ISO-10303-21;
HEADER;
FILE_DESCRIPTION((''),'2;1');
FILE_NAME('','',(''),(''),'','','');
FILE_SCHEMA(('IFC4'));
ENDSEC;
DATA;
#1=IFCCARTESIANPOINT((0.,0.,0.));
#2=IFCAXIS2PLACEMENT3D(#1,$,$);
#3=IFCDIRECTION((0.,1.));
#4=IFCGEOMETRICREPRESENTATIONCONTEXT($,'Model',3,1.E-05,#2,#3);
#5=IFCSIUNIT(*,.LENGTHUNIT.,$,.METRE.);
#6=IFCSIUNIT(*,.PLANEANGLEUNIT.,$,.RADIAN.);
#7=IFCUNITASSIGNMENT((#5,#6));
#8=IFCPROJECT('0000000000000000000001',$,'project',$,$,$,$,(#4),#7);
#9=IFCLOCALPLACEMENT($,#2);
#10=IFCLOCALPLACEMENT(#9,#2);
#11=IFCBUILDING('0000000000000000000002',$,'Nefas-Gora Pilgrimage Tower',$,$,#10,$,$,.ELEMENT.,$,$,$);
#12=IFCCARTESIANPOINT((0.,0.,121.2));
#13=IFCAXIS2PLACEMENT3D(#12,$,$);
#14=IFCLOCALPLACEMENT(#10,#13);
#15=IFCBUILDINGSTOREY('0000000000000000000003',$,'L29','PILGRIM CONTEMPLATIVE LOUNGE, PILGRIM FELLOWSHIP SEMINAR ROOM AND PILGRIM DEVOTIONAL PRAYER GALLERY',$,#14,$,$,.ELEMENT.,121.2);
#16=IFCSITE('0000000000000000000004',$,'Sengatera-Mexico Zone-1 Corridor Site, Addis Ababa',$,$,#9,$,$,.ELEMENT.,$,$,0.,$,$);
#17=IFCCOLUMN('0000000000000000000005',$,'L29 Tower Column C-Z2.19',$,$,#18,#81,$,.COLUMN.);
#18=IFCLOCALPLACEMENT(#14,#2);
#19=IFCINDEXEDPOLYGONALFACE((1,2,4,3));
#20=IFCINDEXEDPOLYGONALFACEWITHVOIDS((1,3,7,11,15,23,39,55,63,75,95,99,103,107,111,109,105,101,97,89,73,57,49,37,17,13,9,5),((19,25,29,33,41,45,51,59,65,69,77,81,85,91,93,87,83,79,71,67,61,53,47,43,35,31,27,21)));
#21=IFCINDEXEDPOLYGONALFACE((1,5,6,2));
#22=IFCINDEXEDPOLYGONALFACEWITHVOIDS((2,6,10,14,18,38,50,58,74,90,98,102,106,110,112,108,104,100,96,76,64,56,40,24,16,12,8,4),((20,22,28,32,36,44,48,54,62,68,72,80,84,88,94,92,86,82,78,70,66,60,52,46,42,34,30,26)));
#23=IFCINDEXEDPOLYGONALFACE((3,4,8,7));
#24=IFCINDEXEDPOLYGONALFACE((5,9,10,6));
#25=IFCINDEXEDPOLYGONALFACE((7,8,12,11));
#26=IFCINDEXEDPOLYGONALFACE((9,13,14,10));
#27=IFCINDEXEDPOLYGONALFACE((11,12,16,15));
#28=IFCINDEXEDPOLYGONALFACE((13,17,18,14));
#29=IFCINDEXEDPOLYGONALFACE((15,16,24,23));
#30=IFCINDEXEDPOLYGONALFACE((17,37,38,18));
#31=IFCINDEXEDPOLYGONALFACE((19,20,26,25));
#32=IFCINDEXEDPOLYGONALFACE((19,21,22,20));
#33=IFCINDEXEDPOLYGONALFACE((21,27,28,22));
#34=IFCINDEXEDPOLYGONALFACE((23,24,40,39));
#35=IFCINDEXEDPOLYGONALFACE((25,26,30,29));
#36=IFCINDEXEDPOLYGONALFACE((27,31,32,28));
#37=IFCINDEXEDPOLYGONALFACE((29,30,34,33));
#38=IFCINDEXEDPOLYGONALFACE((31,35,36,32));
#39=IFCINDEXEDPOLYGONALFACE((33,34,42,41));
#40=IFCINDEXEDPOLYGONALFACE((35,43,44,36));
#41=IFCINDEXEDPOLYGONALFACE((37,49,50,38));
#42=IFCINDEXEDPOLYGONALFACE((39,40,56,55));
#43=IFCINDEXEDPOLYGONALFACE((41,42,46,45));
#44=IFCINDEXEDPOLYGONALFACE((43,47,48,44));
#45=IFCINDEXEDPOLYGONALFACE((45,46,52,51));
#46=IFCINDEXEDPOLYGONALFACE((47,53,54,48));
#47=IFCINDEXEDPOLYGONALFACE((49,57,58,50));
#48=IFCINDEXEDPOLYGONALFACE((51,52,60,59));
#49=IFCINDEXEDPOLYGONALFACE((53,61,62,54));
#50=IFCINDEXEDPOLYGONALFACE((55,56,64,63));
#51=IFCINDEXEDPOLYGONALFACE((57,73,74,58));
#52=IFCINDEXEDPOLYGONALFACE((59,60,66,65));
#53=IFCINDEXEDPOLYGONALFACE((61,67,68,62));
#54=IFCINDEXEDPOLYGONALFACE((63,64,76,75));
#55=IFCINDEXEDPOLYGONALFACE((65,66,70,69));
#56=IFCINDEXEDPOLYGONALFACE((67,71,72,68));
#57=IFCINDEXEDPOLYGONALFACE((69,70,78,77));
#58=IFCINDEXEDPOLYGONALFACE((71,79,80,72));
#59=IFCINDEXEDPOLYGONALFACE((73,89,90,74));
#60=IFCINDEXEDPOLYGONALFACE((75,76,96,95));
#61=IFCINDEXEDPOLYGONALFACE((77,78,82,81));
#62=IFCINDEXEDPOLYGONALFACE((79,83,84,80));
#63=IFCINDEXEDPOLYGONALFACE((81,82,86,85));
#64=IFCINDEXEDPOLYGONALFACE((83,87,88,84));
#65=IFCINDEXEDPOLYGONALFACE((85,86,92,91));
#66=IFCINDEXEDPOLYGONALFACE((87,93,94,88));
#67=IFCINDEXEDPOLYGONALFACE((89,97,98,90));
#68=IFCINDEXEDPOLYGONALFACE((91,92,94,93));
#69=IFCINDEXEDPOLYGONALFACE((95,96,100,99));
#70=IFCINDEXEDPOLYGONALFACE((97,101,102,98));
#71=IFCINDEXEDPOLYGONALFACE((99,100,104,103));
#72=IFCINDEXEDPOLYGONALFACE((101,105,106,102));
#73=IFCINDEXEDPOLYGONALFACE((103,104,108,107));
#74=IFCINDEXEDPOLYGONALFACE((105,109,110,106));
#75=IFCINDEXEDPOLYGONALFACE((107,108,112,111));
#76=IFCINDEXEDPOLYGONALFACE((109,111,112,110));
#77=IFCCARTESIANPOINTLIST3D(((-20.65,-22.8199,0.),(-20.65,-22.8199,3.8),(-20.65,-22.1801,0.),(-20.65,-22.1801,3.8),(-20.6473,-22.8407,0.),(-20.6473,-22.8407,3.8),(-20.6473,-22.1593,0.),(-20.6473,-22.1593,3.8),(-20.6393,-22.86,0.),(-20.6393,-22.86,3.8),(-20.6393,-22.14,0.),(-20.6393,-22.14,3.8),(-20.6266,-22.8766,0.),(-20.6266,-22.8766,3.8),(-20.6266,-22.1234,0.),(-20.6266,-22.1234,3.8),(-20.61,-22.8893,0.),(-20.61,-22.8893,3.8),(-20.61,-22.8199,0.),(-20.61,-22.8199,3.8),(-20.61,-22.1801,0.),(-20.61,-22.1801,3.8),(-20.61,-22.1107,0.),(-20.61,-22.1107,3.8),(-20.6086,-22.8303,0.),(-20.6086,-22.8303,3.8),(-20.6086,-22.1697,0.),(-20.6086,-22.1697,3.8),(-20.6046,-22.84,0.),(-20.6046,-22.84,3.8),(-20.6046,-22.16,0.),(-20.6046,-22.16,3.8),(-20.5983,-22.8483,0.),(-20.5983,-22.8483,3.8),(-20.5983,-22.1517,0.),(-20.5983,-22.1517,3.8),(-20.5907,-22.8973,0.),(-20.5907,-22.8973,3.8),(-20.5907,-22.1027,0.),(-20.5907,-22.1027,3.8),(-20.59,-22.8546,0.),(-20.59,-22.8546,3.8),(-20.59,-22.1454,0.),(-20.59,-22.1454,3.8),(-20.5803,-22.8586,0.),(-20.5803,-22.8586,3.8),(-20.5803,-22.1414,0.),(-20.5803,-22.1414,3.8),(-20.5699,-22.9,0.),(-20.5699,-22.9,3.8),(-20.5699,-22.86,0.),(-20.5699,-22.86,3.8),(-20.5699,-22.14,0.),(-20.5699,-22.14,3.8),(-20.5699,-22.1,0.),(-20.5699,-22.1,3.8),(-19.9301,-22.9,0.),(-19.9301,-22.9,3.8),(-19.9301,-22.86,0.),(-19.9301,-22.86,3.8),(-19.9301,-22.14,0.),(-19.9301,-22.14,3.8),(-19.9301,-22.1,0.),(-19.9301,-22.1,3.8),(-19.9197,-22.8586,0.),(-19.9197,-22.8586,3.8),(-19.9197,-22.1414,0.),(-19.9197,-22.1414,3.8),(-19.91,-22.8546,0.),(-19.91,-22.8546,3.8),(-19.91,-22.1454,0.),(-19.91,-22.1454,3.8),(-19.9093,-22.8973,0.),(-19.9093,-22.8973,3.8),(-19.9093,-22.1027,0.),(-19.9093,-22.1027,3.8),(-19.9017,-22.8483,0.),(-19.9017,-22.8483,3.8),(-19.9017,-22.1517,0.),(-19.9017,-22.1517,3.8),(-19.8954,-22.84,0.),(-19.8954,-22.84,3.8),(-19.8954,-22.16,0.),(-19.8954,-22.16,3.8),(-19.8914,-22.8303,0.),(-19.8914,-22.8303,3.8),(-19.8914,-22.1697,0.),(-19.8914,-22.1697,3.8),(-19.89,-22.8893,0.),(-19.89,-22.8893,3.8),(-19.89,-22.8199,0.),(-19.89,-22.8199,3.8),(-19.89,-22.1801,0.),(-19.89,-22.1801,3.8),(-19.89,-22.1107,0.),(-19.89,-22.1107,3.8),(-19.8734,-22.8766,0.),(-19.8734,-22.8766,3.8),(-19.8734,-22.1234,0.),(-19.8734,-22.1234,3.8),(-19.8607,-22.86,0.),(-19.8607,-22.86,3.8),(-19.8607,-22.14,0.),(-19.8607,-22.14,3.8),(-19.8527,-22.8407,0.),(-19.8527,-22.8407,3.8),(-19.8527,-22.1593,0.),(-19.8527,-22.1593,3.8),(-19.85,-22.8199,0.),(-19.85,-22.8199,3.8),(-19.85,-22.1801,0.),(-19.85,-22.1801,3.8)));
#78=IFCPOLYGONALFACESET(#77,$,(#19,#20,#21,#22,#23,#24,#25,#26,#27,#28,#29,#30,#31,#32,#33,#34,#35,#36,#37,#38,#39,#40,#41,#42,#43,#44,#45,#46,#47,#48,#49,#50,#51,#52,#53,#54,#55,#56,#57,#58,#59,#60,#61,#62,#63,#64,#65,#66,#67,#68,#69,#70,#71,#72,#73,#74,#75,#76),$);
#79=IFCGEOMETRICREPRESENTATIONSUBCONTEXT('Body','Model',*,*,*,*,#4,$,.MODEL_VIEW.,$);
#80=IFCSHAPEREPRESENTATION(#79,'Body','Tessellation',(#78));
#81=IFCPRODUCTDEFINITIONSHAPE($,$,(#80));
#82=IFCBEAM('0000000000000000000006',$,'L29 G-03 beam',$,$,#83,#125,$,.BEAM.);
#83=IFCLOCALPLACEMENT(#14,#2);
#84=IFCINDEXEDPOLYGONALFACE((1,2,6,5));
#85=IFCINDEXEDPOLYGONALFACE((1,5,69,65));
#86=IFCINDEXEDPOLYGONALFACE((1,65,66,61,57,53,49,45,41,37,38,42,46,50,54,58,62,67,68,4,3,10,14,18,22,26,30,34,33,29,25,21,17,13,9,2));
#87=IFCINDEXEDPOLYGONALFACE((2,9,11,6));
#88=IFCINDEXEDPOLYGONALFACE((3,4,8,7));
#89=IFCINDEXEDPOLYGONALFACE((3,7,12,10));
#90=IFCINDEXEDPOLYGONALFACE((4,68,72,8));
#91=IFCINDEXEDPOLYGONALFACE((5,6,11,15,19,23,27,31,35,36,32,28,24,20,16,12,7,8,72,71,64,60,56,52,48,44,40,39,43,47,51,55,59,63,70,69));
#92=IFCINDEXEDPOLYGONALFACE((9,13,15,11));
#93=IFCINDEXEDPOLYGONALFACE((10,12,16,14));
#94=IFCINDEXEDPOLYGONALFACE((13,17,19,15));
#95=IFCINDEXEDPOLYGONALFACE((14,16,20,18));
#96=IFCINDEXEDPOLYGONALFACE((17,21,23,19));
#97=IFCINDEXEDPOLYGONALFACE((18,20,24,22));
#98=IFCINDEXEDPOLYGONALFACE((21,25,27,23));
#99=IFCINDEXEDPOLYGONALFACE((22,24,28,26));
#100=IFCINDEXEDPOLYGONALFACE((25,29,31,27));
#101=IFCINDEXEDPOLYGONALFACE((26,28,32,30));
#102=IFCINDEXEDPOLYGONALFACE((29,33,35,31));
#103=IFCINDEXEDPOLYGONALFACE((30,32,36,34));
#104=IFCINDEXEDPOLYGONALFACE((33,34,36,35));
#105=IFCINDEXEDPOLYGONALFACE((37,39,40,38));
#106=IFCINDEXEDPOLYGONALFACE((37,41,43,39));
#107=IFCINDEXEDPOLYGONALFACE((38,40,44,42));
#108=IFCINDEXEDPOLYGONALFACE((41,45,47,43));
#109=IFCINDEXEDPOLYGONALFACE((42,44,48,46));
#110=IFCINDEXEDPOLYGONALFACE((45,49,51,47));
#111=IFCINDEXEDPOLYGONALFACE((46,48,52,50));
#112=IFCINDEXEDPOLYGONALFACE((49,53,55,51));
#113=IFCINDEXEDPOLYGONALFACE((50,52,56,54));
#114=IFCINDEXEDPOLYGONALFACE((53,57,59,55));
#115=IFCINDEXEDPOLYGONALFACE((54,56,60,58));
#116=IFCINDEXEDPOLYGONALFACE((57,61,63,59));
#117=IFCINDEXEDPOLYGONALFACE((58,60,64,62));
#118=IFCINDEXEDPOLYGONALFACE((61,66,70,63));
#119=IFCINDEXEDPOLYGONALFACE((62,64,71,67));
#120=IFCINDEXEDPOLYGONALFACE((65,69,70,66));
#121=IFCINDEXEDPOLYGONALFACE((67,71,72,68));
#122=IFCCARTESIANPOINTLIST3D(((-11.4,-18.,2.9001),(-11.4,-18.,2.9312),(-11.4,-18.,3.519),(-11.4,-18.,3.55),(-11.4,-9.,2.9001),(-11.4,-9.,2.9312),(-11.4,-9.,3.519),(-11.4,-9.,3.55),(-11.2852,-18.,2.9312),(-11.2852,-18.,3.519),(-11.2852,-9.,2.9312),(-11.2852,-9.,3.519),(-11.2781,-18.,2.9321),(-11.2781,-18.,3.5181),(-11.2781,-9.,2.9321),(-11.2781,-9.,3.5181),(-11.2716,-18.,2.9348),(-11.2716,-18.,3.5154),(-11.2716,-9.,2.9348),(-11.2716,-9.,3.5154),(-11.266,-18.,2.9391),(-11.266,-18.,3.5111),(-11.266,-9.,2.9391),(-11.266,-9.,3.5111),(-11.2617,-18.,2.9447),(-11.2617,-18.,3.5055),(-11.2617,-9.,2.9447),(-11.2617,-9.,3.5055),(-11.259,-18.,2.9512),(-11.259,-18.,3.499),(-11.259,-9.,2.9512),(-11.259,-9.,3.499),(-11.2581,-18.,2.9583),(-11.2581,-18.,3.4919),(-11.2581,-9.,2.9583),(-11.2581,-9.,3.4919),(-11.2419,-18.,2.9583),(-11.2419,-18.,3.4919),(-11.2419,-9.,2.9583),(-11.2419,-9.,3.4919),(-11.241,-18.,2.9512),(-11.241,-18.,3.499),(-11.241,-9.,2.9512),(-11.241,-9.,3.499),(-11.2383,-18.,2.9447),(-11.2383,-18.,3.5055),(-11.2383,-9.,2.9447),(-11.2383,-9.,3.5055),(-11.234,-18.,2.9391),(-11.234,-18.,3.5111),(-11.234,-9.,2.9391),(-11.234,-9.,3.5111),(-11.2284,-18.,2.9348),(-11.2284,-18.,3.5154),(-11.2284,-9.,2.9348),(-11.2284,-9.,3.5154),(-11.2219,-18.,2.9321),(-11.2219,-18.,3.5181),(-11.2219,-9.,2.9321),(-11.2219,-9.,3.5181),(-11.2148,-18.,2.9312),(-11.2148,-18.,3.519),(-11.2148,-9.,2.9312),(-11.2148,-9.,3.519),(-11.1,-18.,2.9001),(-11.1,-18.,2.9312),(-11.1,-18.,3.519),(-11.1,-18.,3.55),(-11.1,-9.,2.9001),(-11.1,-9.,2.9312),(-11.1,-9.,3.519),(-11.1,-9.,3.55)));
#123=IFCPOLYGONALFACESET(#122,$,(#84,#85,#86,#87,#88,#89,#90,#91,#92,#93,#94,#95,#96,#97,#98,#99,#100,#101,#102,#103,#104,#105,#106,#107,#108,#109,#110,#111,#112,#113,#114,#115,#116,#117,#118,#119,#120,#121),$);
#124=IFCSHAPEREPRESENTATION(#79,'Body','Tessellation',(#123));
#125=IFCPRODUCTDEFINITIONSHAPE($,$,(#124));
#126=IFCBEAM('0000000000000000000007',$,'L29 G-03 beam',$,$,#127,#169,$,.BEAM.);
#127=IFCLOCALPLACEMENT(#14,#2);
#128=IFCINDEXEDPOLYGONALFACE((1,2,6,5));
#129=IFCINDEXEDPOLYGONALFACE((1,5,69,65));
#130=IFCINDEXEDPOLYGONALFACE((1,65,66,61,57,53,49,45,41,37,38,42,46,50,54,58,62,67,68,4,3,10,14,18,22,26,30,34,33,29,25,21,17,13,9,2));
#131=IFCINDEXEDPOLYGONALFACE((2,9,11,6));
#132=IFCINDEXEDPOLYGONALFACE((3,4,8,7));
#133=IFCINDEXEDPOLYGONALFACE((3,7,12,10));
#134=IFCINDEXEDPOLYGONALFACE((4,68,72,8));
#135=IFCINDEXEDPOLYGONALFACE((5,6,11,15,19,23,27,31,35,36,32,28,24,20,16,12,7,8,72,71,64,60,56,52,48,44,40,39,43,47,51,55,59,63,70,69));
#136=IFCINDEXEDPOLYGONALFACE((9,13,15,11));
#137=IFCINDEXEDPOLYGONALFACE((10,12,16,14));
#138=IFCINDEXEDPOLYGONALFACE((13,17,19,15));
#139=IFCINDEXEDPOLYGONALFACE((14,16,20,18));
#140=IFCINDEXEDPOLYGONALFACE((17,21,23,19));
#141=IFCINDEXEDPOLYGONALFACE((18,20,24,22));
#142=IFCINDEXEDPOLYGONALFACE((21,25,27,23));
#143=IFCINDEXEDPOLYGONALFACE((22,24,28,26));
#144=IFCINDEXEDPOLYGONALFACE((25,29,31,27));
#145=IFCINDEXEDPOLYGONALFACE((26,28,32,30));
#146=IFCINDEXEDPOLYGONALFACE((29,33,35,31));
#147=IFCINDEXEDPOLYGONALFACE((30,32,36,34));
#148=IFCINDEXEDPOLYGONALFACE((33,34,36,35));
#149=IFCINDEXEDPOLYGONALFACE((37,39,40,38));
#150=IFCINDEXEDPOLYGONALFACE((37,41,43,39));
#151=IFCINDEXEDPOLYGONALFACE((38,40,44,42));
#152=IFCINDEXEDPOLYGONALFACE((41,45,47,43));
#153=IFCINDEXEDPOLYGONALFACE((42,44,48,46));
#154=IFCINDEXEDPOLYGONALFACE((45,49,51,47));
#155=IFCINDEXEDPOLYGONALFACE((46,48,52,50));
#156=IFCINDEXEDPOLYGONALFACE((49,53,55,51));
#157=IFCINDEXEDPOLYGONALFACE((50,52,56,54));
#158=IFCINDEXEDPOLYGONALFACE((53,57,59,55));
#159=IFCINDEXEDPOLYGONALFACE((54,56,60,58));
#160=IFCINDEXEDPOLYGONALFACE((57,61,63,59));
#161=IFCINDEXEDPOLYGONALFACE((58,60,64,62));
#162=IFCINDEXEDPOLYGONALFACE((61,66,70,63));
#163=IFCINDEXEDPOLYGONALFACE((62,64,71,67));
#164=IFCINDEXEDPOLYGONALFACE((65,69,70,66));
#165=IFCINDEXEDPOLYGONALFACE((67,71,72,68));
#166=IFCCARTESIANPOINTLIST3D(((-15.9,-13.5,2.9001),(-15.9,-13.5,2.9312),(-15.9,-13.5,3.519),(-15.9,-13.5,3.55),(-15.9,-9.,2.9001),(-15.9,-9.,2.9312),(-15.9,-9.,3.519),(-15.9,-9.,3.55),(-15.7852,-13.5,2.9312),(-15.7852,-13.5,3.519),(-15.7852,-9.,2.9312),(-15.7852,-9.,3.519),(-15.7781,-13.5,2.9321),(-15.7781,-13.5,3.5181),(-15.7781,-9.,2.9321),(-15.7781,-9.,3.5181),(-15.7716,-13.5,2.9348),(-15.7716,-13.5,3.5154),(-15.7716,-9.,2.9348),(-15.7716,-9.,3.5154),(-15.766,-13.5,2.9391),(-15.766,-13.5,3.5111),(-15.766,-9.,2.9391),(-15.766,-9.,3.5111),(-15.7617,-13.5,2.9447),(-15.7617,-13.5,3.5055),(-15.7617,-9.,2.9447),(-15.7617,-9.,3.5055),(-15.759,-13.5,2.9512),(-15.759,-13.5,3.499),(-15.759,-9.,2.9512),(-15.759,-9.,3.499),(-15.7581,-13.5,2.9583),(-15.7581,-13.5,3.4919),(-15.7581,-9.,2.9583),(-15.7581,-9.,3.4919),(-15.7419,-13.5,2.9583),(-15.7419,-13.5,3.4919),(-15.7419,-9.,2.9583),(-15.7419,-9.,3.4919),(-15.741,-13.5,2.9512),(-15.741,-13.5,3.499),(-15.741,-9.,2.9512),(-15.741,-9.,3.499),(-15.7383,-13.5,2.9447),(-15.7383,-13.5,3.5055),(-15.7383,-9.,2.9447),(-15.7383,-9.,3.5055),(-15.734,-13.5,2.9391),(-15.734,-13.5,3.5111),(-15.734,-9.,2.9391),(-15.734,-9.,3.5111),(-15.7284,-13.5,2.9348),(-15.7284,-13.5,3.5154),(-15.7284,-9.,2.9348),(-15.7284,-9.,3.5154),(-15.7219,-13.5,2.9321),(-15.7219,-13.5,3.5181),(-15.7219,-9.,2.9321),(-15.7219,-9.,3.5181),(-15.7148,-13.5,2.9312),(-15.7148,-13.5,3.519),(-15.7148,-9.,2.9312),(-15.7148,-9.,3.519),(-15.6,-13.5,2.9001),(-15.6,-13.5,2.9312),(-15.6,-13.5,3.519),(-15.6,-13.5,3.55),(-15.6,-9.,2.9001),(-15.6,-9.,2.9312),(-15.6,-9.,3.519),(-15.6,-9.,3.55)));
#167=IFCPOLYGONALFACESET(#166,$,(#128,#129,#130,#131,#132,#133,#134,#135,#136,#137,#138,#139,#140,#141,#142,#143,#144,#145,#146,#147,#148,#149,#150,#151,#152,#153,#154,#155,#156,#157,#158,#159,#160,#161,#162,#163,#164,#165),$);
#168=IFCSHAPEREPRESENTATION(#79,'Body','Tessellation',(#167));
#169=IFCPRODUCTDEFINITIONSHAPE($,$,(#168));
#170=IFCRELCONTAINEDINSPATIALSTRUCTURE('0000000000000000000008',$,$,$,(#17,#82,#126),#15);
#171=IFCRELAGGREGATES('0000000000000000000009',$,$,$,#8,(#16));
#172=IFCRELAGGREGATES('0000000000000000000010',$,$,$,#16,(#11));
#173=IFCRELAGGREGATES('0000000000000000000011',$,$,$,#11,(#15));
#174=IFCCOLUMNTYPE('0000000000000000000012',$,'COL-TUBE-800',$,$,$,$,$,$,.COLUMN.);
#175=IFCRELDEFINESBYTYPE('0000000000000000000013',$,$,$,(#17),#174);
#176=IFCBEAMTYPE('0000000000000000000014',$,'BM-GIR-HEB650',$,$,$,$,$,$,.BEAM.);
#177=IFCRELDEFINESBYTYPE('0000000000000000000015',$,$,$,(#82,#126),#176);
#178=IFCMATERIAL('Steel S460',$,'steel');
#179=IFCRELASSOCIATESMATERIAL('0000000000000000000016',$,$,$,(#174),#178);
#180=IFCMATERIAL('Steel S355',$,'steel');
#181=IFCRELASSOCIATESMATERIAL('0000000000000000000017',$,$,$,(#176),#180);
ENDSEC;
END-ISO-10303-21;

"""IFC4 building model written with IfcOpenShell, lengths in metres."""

from ifc_helpers import new_model, si_unit, direction, frame, origin, origin_2d, place, context, subcontext, project, spatial, hollow_rectangle, i_section, extrude, source, transform, mapped, material, material_profile, profile_set, type_object, element, save


model = new_model("IFC4")

# Units and contexts
model_context = context("Model", 3, precision=1e-05, world=origin(), true_north=direction((0.0, 1.0)))
body_context = subcontext(model_context, "Body", "Model", "MODEL_VIEW")
ifc_project = project(units=[si_unit("LENGTHUNIT", "METRE"), si_unit("PLANEANGLEUNIT", "RADIAN")], contexts=[model_context])

# Site, building, storey
site_placement = place(None, origin())
site = spatial("IfcSite", under=ifc_project, at=site_placement, Name="Sengatera-Mexico Zone-1 Corridor Site, Addis Ababa", CompositionType="ELEMENT", RefElevation=0.0)
building_placement = place(site_placement, origin())
building = spatial("IfcBuilding", under=site, at=building_placement, Name="Nefas-Gora Pilgrimage Tower", CompositionType="ELEMENT")
storey_placement = place(building_placement, frame((0.0, 0.0, 121.2)))
storey = spatial("IfcBuildingStorey", under=building, at=storey_placement, Name="L29", Description="PILGRIM CONTEMPLATIVE LOUNGE, PILGRIM FELLOWSHIP SEMINAR ROOM AND PILGRIM DEVOTIONAL PRAYER GALLERY", CompositionType="ELEMENT", Elevation=121.2)

# Column
ifc_material_1 = material(Name="Steel S460", Category="steel")
ifc_material_profile_1 = material_profile(ifc_material_1, hollow_rectangle(XDim=0.8, YDim=0.8, WallThickness=0.04, InnerFilletRadius=0.04, OuterFilletRadius=0.0801, at=origin_2d()), Name="BOX 800x800x40")
ifc_profile_set_1 = profile_set([ifc_material_profile_1], Name="Steel S460")
column_type_1 = type_object("IfcColumnType", Name="COL-TUBE-800", PredefinedType="COLUMN", material=ifc_profile_set_1)
shared_shape_1 = source(origin(), body_context, "Body", "SweptSolid", [
    extrude(hollow_rectangle(XDim=0.8, YDim=0.8, WallThickness=0.04, InnerFilletRadius=0.04, OuterFilletRadius=0.0801, at=origin_2d()), origin(), (0.0, 0.0, 1.0), 3.8),
])
column_placement = place(storey_placement, frame((-20.25, -22.5, 0.0), z_axis=(0.0, 0.0, 1.0), x_axis=(1.0, 0.0, 0.0)))
element("IfcColumn", 1, at=column_placement, inside=storey, type_object=column_type_1, Name="L29 Tower Column C-Z2.19", PredefinedType="COLUMN", context=body_context, shape_type="MappedRepresentation", body=[
    mapped(shared_shape_1, transform((0.0, 0.0, 0.0), x_axis=(1.0, 0.0, 0.0), y_axis=(0.0, 1.0, 0.0), z_axis=(0.0, 0.0, 1.0), scale=1.0)),
])

# Beams
ifc_material_2 = material(Name="Steel S355", Category="steel")
ifc_material_profile_2 = material_profile(ifc_material_2, i_section(OverallWidth=0.3, OverallDepth=0.6499, WebThickness=0.0161, FlangeThickness=0.031, FilletRadius=0.0271, at=origin_2d()), Name="HEB 650")
ifc_profile_set_2 = profile_set([ifc_material_profile_2], Name="Steel S355")
beam_type = type_object("IfcBeamType", Name="BM-GIR-HEB650", PredefinedType="BEAM", material=ifc_profile_set_2)
shared_shape_2 = source(origin(), body_context, "Body", "SweptSolid", [
    extrude(i_section(OverallWidth=0.3, OverallDepth=0.6499, WebThickness=0.0161, FlangeThickness=0.031, FilletRadius=0.0271, at=origin_2d()), origin(), (0.0, 0.0, 1.0), 9.0),
])
beam_placement = place(storey_placement, frame((-11.25, -18.0, 3.2251), z_axis=(0.0, 1.0, 0.0), x_axis=(-1.0, 0.0, 0.0)))
element("IfcBeam", 2, at=beam_placement, inside=storey, type_object=beam_type, Name="L29 G-03 beam", PredefinedType="BEAM", context=body_context, shape_type="MappedRepresentation", body=[
    mapped(shared_shape_2, transform((0.0, 0.0, 0.0), x_axis=(1.0, 0.0, 0.0), y_axis=(0.0, 1.0, 0.0), z_axis=(0.0, 0.0, 1.0), scale=1.0)),
])
shared_shape_3 = source(origin(), body_context, "Body", "SweptSolid", [
    extrude(i_section(OverallWidth=0.3, OverallDepth=0.6499, WebThickness=0.0161, FlangeThickness=0.031, FilletRadius=0.0271, at=origin_2d()), origin(), (0.0, 0.0, 1.0), 4.5),
])
for number, where, z_axis, x_axis, name in (
    (3, (-15.75, -13.5, 3.2251), (0.0, 1.0, 0.0), (-1.0, 0.0, 0.0), "L29 G-03 beam"),
):
    element("IfcBeam", number, at=place(storey_placement, frame(where, z_axis=z_axis, x_axis=x_axis)), inside=storey, type_object=beam_type, Name=name, PredefinedType="BEAM", context=body_context, shape_type="MappedRepresentation", body=[
        mapped(shared_shape_3, transform((0.0, 0.0, 0.0), x_axis=(1.0, 0.0, 0.0), y_axis=(0.0, 1.0, 0.0), z_axis=(0.0, 0.0, 1.0), scale=1.0)),
    ])

save(model, "model.ifc")
